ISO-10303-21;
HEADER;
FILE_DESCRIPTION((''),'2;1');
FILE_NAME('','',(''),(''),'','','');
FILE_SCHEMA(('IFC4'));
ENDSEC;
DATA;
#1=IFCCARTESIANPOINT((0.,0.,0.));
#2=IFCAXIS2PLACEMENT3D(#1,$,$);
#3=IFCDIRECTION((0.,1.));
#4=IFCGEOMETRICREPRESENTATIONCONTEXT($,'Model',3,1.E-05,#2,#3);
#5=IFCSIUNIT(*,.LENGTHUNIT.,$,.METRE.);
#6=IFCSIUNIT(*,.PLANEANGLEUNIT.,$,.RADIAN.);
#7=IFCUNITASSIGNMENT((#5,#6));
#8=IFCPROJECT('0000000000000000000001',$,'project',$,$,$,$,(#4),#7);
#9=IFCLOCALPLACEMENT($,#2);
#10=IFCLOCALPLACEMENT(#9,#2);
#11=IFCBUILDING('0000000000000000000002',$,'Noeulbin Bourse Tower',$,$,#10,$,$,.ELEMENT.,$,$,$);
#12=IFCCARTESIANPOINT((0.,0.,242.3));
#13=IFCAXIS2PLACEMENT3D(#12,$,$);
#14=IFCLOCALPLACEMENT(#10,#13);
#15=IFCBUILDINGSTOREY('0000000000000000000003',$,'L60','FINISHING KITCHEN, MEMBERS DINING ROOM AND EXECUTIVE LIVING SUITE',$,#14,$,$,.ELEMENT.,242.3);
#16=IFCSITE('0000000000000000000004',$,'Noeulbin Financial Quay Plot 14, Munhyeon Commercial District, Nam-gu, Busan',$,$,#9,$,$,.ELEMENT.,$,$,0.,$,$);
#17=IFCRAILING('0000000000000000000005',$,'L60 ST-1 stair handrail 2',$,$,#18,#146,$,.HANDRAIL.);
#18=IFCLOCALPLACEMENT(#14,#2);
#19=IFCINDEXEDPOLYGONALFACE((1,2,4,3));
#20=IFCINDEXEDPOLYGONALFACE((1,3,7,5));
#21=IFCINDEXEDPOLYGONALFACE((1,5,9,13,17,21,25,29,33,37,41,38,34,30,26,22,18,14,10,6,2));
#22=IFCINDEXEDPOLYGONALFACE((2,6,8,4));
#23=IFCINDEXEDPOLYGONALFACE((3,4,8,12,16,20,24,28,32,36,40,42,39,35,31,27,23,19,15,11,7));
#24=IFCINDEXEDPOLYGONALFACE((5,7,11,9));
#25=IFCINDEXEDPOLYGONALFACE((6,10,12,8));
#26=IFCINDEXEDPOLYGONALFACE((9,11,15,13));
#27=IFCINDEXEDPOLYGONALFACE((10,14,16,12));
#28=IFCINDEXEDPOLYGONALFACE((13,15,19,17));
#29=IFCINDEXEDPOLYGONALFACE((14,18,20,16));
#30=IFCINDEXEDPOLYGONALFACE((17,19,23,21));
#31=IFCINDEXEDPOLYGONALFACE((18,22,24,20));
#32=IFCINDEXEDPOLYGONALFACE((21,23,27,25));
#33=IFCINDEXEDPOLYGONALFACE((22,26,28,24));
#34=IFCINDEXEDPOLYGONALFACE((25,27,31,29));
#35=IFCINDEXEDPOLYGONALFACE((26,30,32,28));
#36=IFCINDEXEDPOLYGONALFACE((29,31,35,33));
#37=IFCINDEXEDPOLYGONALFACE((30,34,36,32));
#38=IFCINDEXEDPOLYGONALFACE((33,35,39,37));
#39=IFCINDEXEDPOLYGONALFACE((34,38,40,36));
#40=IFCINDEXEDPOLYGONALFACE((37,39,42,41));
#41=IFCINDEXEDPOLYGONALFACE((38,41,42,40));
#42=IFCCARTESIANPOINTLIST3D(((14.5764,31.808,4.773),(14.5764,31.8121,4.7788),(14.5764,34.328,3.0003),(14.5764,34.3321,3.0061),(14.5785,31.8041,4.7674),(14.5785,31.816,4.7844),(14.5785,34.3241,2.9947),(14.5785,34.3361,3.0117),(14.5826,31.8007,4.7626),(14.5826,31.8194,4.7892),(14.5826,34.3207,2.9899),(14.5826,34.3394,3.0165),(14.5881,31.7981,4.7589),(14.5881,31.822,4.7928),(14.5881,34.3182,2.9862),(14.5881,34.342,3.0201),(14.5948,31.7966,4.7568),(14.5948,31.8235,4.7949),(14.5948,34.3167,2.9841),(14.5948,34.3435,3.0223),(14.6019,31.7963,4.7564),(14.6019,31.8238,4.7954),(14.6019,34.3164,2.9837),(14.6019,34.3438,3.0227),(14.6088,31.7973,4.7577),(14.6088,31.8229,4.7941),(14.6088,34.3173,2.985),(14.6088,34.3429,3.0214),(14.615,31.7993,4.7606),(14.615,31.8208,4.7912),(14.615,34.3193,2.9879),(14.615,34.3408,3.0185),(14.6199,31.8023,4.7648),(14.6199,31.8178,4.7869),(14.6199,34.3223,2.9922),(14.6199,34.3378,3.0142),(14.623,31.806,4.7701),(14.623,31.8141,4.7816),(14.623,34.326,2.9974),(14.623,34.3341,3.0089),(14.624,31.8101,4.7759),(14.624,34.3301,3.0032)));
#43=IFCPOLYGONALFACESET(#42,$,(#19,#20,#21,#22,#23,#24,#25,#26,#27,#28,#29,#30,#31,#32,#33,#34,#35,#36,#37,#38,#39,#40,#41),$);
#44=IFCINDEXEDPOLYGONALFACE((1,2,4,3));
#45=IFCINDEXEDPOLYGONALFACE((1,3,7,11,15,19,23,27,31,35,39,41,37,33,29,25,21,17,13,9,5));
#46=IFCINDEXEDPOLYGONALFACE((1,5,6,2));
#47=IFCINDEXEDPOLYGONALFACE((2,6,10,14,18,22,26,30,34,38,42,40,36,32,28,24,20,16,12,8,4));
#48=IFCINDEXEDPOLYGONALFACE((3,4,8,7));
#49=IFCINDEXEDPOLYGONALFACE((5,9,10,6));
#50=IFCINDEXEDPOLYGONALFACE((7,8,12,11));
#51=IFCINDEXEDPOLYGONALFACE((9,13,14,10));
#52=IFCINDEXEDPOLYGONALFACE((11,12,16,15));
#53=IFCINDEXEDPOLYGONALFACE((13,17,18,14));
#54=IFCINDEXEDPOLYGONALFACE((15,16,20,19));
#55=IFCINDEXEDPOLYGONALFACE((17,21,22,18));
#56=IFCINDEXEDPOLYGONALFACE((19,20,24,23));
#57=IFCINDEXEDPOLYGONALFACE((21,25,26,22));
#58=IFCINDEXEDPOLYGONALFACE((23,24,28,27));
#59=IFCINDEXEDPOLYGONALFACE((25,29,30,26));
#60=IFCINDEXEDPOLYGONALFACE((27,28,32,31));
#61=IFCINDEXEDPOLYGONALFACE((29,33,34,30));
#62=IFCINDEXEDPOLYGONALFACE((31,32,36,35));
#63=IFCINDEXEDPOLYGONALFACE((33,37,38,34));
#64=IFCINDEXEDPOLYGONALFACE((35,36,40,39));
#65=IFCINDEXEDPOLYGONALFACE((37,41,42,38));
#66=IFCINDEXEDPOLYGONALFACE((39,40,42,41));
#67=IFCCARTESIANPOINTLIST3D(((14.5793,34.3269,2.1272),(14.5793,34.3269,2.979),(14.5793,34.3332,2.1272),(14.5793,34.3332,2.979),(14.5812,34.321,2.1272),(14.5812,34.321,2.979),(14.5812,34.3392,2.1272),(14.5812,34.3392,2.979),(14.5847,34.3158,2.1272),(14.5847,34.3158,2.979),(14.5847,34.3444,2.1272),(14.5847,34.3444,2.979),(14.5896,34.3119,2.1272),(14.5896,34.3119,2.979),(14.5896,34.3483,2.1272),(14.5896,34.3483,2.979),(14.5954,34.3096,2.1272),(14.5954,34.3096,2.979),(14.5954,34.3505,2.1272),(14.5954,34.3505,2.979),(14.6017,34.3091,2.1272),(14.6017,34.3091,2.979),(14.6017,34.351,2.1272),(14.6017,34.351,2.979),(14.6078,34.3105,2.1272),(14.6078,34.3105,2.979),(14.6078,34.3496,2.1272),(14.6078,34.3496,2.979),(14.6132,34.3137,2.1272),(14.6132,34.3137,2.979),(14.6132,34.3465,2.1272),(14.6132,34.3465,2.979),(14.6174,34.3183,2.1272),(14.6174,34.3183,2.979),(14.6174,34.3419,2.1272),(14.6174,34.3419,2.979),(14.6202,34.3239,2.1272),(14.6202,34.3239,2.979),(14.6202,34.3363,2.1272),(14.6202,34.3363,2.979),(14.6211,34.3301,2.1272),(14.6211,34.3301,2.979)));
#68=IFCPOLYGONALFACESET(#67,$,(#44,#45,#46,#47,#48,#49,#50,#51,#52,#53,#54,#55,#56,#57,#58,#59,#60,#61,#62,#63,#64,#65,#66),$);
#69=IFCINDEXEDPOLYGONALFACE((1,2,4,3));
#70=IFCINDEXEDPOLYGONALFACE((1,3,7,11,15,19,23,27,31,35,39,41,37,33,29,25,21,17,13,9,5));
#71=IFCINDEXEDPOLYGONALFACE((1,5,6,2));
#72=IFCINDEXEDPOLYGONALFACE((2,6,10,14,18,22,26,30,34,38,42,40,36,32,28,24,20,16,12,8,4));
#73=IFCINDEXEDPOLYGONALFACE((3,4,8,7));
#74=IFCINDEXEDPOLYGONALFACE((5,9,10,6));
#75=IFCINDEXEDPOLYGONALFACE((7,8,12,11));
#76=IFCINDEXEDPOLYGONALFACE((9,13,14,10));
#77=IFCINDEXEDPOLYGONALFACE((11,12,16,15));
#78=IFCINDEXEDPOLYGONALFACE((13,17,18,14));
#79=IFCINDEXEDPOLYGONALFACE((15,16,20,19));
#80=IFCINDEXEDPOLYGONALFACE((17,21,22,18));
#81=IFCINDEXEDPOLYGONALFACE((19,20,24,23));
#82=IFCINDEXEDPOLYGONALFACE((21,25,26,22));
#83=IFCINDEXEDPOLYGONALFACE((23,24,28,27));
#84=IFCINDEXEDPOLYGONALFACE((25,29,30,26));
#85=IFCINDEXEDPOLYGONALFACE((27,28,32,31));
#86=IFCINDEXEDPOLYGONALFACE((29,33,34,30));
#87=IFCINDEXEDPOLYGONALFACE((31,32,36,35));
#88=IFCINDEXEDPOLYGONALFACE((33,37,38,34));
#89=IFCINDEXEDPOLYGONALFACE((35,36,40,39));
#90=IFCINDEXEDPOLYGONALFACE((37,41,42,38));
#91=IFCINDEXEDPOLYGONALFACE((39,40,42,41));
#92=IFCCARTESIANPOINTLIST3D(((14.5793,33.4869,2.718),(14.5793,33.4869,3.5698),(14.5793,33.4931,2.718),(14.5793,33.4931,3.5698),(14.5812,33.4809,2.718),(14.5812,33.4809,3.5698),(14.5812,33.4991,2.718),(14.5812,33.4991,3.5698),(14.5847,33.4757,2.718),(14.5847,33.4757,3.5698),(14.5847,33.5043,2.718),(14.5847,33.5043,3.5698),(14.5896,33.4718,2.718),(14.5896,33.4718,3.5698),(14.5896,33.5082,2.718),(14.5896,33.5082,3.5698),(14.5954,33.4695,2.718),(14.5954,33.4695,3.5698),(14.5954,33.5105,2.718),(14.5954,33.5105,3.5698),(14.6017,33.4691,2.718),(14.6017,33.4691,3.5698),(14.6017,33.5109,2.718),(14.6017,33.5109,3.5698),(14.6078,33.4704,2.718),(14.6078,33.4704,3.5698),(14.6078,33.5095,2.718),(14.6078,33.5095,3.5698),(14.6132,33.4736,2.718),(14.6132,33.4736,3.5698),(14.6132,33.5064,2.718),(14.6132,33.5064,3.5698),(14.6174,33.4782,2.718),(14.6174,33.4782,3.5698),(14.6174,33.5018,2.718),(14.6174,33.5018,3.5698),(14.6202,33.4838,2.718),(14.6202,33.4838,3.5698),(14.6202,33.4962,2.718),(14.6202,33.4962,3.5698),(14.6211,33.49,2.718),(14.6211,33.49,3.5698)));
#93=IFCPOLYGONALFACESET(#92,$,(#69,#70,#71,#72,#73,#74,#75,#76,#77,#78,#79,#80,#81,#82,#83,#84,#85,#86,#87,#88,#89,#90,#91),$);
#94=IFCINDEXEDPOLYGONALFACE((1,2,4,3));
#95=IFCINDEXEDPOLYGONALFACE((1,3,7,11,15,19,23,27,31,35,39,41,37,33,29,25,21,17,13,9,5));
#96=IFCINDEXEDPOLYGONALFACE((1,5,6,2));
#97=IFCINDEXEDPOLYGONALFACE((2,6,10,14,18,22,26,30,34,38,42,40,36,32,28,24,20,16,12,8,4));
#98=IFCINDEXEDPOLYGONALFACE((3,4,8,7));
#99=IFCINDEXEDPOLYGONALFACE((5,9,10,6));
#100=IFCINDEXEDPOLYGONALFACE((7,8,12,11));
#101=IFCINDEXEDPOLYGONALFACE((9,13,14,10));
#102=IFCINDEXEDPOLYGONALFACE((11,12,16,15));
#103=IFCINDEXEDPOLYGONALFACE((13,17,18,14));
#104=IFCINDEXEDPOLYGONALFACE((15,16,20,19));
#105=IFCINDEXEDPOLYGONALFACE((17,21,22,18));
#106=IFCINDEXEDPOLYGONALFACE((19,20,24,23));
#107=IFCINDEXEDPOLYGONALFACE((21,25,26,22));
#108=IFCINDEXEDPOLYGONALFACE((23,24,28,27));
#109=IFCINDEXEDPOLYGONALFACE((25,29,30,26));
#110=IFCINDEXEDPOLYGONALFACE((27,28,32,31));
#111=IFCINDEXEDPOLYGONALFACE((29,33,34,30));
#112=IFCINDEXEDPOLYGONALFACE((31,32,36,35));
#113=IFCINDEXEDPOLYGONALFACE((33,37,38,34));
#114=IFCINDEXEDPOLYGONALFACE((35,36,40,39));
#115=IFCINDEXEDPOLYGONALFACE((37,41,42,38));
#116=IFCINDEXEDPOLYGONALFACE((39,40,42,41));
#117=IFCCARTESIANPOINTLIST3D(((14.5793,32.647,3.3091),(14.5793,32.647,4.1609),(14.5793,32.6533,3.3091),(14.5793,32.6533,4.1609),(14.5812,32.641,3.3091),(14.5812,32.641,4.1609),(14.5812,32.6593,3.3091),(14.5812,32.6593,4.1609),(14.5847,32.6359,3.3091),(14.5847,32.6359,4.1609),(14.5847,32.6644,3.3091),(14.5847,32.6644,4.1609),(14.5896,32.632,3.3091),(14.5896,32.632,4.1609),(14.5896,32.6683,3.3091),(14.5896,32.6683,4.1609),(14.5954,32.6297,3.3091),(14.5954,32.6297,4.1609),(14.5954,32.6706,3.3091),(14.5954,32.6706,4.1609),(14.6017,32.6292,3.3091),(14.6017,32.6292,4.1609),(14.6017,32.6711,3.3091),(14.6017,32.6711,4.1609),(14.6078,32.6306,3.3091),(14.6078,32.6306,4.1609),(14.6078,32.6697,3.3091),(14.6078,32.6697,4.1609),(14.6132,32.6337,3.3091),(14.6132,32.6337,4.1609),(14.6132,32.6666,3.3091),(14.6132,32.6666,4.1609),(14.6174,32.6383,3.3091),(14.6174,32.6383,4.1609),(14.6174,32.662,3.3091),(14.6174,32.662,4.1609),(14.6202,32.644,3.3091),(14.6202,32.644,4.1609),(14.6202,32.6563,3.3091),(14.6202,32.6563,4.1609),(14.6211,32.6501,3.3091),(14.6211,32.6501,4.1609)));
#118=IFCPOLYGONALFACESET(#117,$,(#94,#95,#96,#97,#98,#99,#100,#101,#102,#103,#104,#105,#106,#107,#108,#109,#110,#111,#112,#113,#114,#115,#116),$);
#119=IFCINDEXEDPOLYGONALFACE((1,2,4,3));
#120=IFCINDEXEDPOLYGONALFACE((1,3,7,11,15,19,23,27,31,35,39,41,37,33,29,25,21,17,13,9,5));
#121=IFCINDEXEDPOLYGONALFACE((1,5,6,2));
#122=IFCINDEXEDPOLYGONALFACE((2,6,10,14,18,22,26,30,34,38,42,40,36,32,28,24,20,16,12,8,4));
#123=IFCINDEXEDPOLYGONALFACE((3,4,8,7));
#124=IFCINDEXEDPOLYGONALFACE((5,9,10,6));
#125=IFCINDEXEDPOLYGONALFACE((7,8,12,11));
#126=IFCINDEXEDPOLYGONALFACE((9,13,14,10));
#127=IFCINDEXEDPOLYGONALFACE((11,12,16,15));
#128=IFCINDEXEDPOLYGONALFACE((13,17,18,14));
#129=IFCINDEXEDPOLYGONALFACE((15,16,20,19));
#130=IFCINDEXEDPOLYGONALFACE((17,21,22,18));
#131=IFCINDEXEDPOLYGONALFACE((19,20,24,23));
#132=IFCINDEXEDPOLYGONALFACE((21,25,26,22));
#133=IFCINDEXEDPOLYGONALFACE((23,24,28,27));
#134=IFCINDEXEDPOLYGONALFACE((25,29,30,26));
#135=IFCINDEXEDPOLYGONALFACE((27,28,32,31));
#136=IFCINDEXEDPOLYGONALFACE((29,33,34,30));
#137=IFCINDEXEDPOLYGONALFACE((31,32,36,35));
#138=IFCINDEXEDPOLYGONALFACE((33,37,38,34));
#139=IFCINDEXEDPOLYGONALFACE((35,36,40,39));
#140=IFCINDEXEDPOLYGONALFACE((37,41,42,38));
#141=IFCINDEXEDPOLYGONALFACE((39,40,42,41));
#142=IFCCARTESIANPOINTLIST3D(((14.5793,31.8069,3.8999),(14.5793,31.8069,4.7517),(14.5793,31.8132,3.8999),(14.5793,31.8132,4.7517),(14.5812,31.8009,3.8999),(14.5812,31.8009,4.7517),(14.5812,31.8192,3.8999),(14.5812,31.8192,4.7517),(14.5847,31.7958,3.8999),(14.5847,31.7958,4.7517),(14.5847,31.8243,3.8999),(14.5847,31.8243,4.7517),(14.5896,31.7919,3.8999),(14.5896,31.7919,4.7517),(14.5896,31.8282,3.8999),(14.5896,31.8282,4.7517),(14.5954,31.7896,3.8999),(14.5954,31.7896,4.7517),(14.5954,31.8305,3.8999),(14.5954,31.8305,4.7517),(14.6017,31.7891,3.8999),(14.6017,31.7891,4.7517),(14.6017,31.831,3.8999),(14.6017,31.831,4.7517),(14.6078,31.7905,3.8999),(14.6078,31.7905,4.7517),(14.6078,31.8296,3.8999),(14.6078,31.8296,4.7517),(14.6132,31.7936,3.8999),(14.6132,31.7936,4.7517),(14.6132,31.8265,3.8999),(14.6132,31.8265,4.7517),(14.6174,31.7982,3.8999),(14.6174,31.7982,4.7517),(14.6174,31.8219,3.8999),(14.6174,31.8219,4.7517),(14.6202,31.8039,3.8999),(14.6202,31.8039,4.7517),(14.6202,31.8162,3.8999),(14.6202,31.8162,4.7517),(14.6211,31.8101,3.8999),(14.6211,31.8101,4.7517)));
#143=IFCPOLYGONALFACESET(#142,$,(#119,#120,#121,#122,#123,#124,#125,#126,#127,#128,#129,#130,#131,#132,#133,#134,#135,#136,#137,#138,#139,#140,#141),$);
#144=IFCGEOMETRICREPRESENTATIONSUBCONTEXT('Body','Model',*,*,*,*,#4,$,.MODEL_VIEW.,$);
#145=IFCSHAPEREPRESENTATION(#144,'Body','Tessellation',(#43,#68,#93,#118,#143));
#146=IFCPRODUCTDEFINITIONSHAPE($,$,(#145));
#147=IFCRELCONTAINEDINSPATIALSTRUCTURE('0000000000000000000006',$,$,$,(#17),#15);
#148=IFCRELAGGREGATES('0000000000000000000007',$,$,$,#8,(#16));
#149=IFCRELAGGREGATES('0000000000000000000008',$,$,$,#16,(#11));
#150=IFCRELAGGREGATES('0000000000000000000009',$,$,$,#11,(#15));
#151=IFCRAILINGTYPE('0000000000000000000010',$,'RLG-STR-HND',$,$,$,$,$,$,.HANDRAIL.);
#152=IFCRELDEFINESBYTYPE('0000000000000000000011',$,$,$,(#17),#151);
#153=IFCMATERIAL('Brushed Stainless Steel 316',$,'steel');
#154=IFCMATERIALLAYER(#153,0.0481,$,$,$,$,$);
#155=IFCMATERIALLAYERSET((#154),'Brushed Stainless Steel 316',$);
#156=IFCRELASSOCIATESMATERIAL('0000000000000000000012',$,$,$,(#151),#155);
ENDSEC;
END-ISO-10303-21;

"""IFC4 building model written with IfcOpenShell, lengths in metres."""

from ifc_helpers import new_model, si_unit, direction, frame, origin, origin_2d, place, context, subcontext, project, spatial, circle, extrude, material, layer, layer_set, type_object, element, save


model = new_model("IFC4")

# Units and contexts
model_context = context("Model", 3, precision=1e-05, world=origin(), true_north=direction((0.0, 1.0)))
body_context = subcontext(model_context, "Body", "Model", "MODEL_VIEW")
ifc_project = project(units=[si_unit("LENGTHUNIT", "METRE"), si_unit("PLANEANGLEUNIT", "RADIAN")], contexts=[model_context])

# Site, building, storey
site_placement = place(None, origin())
site = spatial("IfcSite", under=ifc_project, at=site_placement, Name="Noeulbin Financial Quay Plot 14, Munhyeon Commercial District, Nam-gu, Busan", CompositionType="ELEMENT", RefElevation=0.0)
building_placement = place(site_placement, origin())
building = spatial("IfcBuilding", under=site, at=building_placement, Name="Noeulbin Bourse Tower", CompositionType="ELEMENT")
storey_placement = place(building_placement, frame((0.0, 0.0, 242.3)))
storey = spatial("IfcBuildingStorey", under=building, at=storey_placement, Name="L60", Description="FINISHING KITCHEN, MEMBERS DINING ROOM AND EXECUTIVE LIVING SUITE", CompositionType="ELEMENT", Elevation=242.3)

# Railing
ifc_material_1 = material(Name="Brushed Stainless Steel 316", Category="steel")
ifc_layer_1 = layer(ifc_material_1, 0.0481)
ifc_layer_set_1 = layer_set([ifc_layer_1], Name="Brushed Stainless Steel 316")
railing_type_1 = type_object("IfcRailingType", Name="RLG-STR-HND", PredefinedType="HANDRAIL", material=ifc_layer_set_1)
railing_1_placement = place(storey_placement, frame((14.6001, 34.3301, 2.1272)))
element("IfcRailing", 1, at=railing_1_placement, inside=storey, type_object=railing_type_1, Name="L60 ST-1 stair handrail 2", PredefinedType="HANDRAIL", context=body_context, shape_type="SweptSolid", body=[
    extrude(circle(Radius=0.0239, at=origin_2d()), frame((0.0, 0.0, 0.876), z_axis=(0.0, -0.817904, 0.575354), x_axis=(1.0, 0.0, 0.0)), (0.0, 0.0, 1.0), 3.0811),
    extrude(circle(Radius=0.021, at=origin_2d()), origin(), (0.0, 0.0, 1.0), 0.8518),
    extrude(circle(Radius=0.021, at=origin_2d()), frame((0.0, -0.8401, 0.5908)), (0.0, 0.0, 1.0), 0.8518),
    extrude(circle(Radius=0.021, at=origin_2d()), frame((0.0, -1.6799, 1.1819)), (0.0, 0.0, 1.0), 0.8518),
    extrude(circle(Radius=0.021, at=origin_2d()), frame((0.0, -2.52, 1.7727)), (0.0, 0.0, 1.0), 0.8518),
])

save(model, "model.ifc")
